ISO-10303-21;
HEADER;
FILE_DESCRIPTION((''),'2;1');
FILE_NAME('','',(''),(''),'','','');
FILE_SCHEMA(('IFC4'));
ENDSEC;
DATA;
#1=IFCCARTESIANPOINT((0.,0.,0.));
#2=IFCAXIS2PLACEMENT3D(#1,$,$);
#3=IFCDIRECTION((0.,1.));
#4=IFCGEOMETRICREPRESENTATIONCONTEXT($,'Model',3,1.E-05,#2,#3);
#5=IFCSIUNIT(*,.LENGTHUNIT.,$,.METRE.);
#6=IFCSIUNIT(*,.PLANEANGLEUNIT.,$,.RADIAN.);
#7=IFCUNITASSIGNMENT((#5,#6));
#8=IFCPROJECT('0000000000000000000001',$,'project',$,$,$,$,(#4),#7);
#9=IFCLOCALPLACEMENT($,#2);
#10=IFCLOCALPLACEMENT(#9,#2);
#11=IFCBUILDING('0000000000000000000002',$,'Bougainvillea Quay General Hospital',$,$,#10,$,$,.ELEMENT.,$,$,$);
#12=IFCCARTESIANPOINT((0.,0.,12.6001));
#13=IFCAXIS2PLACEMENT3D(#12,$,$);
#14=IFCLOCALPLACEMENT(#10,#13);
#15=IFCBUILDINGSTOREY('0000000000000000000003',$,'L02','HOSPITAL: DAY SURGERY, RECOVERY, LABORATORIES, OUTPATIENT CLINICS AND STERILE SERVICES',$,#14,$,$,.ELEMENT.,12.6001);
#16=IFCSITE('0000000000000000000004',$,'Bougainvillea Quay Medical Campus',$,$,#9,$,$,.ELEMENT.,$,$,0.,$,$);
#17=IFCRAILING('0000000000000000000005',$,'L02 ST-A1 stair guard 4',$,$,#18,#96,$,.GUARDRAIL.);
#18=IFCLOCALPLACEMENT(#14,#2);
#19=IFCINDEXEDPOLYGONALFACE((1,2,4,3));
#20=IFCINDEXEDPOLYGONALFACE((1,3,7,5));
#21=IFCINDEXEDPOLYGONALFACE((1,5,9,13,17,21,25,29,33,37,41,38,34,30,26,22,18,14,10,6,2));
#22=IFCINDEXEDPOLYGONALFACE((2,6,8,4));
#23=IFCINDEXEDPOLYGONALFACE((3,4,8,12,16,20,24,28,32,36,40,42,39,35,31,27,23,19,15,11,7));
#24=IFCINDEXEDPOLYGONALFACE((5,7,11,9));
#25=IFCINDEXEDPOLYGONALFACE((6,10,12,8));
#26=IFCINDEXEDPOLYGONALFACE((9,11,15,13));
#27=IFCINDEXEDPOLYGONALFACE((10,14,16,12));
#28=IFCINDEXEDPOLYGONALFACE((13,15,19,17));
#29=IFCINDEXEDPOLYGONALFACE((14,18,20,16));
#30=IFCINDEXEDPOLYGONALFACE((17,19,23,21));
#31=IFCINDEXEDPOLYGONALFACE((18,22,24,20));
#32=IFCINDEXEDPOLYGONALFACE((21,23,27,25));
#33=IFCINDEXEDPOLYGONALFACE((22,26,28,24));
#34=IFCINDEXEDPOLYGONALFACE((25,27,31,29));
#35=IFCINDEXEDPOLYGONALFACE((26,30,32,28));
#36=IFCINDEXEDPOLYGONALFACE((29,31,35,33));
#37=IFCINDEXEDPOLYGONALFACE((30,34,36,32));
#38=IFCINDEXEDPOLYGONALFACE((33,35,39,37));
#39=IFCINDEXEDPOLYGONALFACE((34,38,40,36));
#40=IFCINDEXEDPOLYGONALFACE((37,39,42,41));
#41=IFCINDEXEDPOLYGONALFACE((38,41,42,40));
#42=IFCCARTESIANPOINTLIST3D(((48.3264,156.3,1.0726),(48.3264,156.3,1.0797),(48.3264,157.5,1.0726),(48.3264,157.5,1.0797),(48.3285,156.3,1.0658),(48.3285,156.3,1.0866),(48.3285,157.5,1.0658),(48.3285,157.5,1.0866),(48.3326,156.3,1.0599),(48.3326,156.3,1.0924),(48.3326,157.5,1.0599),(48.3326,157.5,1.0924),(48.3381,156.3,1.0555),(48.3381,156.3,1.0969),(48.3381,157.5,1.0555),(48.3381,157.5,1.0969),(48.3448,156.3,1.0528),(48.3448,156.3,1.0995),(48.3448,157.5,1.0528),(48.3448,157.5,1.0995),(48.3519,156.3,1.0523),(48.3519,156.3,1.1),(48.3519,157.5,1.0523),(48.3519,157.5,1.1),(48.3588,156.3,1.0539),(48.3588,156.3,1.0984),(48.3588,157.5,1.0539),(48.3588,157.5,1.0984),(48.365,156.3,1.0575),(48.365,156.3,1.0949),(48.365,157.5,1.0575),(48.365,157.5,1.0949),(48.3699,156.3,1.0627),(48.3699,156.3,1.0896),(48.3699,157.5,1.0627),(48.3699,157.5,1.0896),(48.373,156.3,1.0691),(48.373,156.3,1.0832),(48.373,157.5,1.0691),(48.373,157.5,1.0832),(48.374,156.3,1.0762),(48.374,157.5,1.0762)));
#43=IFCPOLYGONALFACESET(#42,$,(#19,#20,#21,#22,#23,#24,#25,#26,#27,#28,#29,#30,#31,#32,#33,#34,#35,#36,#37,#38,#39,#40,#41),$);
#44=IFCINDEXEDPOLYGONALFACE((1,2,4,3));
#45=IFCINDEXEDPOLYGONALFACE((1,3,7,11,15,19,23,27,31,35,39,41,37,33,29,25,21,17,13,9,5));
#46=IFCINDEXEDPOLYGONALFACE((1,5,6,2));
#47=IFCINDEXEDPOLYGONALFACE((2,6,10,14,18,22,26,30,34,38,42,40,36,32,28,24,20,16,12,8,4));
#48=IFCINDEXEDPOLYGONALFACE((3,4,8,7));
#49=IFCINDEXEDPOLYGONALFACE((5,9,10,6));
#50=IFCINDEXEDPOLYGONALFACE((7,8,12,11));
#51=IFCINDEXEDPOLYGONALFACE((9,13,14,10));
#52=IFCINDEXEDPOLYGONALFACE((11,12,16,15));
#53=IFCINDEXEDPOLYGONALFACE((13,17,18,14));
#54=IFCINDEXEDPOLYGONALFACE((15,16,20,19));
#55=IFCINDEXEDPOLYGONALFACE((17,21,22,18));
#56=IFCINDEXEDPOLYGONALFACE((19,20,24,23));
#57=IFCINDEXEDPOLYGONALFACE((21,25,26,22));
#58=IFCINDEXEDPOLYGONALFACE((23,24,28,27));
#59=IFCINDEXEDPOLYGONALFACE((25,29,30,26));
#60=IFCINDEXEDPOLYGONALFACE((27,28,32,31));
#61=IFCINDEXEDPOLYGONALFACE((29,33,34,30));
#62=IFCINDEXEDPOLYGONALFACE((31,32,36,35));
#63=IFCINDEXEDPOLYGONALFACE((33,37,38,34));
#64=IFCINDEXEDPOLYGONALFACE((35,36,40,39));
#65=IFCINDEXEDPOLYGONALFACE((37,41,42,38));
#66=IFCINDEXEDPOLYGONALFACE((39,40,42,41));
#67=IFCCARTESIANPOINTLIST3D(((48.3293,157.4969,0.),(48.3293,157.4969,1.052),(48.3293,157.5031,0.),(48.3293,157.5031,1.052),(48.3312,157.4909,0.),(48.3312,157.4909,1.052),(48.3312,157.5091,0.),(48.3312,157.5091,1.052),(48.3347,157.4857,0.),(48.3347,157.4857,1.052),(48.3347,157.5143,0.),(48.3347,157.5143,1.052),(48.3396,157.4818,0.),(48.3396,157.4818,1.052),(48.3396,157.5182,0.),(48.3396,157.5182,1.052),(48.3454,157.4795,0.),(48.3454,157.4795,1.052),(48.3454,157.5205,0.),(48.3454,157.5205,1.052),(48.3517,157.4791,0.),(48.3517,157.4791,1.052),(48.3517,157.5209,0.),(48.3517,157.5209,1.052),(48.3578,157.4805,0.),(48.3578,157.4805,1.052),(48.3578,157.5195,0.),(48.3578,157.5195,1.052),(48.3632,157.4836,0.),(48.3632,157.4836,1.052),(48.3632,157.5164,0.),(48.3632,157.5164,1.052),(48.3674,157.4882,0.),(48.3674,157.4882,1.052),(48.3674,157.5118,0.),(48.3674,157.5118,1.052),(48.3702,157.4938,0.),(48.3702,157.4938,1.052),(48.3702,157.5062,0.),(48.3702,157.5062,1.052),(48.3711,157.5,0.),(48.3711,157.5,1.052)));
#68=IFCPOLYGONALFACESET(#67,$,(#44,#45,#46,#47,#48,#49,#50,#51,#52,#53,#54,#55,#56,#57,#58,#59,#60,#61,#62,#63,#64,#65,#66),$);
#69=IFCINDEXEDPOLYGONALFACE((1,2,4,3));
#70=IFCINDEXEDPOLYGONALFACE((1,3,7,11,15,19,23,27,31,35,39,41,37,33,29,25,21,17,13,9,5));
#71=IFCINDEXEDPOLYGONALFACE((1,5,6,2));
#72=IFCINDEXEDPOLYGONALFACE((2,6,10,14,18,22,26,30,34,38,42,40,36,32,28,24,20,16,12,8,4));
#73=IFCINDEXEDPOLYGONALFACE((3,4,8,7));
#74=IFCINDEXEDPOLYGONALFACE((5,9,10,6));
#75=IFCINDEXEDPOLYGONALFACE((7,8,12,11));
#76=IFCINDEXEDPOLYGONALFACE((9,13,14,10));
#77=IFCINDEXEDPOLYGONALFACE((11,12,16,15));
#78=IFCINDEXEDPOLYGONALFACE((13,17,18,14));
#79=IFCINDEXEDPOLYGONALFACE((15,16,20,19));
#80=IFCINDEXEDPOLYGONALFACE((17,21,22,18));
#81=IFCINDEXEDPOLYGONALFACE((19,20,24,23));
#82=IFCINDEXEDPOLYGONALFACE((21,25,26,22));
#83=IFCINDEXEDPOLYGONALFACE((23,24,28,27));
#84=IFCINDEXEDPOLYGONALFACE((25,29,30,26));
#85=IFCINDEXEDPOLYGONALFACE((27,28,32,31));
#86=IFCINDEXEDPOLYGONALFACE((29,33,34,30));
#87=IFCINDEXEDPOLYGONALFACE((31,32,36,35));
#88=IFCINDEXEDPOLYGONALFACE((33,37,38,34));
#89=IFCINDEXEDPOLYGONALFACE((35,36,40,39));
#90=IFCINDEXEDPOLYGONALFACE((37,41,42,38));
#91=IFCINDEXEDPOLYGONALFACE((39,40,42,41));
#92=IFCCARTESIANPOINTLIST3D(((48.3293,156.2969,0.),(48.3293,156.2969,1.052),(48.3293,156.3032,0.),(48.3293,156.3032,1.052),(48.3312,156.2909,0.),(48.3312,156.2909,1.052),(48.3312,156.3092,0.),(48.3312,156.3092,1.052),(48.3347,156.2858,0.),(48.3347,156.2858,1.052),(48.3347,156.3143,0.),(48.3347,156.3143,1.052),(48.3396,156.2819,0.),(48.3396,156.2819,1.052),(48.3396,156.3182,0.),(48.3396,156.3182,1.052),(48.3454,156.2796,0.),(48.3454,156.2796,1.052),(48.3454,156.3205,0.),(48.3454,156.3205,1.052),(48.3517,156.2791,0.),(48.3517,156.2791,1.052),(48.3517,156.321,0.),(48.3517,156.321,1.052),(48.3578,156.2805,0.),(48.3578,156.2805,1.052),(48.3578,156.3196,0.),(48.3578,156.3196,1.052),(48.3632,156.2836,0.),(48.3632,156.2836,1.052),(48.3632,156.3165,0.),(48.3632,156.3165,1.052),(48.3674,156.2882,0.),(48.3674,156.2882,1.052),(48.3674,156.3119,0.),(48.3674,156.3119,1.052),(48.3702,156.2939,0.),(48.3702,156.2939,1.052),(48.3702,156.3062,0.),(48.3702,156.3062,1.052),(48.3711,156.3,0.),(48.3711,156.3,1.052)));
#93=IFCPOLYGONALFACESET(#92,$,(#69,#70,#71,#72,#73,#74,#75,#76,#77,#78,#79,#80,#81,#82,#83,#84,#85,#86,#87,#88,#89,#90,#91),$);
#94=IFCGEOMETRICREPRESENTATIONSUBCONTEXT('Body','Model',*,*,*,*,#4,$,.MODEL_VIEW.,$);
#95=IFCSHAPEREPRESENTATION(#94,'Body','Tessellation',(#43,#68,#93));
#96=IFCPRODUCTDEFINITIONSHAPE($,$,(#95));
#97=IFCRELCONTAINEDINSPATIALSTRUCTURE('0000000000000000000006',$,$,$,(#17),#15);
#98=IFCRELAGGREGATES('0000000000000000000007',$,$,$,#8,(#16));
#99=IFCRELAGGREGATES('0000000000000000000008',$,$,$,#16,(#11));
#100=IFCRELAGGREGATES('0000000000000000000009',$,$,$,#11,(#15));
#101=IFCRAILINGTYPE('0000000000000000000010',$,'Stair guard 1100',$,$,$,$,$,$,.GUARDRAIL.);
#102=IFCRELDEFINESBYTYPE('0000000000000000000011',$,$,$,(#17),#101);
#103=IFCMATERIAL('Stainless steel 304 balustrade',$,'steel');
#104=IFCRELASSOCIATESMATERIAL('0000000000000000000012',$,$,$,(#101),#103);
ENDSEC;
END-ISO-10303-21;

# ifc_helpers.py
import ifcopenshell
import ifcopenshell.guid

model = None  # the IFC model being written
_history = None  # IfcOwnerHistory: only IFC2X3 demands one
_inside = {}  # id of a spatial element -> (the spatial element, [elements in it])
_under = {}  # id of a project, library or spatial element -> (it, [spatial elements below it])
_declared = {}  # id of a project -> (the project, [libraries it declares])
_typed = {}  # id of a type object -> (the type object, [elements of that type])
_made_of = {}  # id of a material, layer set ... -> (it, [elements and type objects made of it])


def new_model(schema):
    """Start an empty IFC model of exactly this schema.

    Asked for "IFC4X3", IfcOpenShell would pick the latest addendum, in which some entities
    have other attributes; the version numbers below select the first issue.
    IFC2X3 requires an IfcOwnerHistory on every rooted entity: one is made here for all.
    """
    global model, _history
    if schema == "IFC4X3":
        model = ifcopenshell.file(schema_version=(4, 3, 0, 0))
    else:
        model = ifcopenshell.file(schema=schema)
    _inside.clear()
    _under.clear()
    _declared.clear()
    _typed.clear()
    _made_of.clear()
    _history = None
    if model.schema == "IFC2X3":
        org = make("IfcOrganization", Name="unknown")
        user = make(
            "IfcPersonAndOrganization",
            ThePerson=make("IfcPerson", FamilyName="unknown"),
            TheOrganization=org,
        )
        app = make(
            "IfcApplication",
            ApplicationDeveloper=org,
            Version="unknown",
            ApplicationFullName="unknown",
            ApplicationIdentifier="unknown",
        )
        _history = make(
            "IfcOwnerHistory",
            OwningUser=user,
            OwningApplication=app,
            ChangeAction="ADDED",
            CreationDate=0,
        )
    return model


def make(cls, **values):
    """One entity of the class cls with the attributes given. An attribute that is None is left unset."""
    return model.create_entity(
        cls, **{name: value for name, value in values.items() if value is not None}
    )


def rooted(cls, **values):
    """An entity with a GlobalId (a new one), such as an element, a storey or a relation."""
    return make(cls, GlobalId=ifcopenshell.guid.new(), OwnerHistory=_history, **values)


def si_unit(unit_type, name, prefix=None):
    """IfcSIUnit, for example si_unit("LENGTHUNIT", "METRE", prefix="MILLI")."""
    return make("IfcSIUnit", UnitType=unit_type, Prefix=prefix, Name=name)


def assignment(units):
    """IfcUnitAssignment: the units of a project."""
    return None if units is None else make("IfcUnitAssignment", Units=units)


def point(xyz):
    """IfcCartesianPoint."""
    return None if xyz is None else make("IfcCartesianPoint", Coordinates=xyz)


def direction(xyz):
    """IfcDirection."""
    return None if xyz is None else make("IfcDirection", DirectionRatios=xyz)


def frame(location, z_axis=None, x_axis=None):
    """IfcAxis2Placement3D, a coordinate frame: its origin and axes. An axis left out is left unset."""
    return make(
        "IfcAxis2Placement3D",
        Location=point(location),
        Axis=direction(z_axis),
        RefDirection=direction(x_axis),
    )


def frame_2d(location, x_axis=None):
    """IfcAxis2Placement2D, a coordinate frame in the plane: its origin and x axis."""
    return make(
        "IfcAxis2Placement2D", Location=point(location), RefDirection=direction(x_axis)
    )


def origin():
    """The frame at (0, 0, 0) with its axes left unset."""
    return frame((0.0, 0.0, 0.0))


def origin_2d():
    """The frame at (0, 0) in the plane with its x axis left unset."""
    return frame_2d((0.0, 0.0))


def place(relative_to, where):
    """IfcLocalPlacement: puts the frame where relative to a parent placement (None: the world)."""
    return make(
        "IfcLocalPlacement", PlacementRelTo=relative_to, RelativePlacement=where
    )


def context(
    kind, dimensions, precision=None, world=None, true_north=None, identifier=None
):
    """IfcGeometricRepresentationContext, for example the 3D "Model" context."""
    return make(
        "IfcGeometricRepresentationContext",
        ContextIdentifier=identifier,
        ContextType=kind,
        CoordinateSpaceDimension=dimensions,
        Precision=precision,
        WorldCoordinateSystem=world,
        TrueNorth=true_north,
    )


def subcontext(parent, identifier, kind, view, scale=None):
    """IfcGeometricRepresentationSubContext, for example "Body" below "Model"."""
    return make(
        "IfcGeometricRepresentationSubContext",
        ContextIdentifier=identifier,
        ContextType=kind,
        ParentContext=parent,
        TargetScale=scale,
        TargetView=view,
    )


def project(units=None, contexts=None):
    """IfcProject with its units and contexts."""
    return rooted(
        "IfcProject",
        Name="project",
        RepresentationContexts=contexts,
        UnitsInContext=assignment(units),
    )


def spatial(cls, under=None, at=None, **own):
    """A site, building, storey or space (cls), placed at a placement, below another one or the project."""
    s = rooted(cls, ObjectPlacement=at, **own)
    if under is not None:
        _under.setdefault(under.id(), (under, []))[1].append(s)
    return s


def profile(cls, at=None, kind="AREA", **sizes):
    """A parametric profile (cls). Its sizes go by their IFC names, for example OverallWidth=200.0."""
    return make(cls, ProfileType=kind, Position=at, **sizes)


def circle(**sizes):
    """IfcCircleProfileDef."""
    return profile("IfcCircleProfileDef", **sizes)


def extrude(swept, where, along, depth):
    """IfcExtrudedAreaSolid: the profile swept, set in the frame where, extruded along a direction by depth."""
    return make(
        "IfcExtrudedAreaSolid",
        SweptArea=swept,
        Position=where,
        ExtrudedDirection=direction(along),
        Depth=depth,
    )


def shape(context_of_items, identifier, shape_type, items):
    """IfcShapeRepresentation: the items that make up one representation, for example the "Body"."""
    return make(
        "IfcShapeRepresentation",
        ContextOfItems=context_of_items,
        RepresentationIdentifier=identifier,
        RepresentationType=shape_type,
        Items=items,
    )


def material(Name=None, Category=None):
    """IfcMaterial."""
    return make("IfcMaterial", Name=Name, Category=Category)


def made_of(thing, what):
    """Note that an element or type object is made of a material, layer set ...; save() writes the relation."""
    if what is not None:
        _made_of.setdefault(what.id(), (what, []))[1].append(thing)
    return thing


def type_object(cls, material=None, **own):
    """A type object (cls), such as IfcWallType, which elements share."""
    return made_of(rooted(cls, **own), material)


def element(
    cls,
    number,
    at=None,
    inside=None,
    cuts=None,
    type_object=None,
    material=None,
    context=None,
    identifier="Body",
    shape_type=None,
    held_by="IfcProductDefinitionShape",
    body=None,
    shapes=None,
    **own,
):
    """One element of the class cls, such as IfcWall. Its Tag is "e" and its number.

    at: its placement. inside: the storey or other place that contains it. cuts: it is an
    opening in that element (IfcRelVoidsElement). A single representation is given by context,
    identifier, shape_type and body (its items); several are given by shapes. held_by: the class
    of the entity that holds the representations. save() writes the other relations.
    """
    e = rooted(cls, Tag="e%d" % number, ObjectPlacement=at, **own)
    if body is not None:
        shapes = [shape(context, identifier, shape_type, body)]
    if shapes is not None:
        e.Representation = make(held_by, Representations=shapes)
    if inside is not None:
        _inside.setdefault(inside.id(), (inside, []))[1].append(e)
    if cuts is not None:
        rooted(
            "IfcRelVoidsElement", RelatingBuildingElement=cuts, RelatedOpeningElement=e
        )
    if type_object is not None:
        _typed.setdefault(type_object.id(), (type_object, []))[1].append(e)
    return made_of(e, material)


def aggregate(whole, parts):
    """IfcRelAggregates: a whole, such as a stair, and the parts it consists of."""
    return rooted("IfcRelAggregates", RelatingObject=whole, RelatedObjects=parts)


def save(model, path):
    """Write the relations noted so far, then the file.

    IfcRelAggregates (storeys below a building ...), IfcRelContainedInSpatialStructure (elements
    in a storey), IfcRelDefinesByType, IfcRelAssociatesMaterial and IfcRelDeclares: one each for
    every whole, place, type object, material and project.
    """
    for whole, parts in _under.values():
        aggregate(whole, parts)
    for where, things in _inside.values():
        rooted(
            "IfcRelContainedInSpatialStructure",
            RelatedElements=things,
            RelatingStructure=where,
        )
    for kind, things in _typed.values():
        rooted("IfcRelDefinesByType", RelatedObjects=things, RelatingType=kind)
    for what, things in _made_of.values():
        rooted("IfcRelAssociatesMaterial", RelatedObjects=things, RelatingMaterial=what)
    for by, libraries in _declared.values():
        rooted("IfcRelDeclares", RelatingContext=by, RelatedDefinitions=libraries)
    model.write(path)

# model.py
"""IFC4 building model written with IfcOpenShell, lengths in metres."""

from ifc_helpers import new_model, si_unit, direction, frame, origin, origin_2d, place, context, subcontext, project, spatial, circle, extrude, material, type_object, element, save


model = new_model("IFC4")

# Units and contexts
model_context = context("Model", 3, precision=1e-05, world=origin(), true_north=direction((0.0, 1.0)))
body_context = subcontext(model_context, "Body", "Model", "MODEL_VIEW")
ifc_project = project(units=[si_unit("LENGTHUNIT", "METRE"), si_unit("PLANEANGLEUNIT", "RADIAN")], contexts=[model_context])

# Site, building, storey
site_placement = place(None, origin())
site = spatial("IfcSite", under=ifc_project, at=site_placement, Name="Bougainvillea Quay Medical Campus", CompositionType="ELEMENT", RefElevation=0.0)
building_placement = place(site_placement, origin())
building = spatial("IfcBuilding", under=site, at=building_placement, Name="Bougainvillea Quay General Hospital", CompositionType="ELEMENT")
storey_placement = place(building_placement, frame((0.0, 0.0, 12.6001)))
storey = spatial("IfcBuildingStorey", under=building, at=storey_placement, Name="L02", Description="HOSPITAL: DAY SURGERY, RECOVERY, LABORATORIES, OUTPATIENT CLINICS AND STERILE SERVICES", CompositionType="ELEMENT", Elevation=12.6001)

# Railing
ifc_material_1 = material(Name="Stainless steel 304 balustrade", Category="steel")
railing_type_1 = type_object("IfcRailingType", Name="Stair guard 1100", PredefinedType="GUARDRAIL", material=ifc_material_1)
railing_1_placement = place(storey_placement, frame((48.3501, 157.5, 0.0)))
element("IfcRailing", 1, at=railing_1_placement, inside=storey, type_object=railing_type_1, Name="L02 ST-A1 stair guard 4", PredefinedType="GUARDRAIL", context=body_context, shape_type="SweptSolid", body=[
    extrude(circle(Radius=0.0239, at=origin_2d()), frame((0.0, 0.0, 1.0762), z_axis=(0.0, -1.0, 0.0), x_axis=(1.0, 0.0, 0.0)), (0.0, 0.0, 1.0), 1.2),
    extrude(circle(Radius=0.021, at=origin_2d()), origin(), (0.0, 0.0, 1.0), 1.052),
    extrude(circle(Radius=0.021, at=origin_2d()), frame((0.0, -1.2, 0.0)), (0.0, 0.0, 1.0), 1.052),
])

save(model, "model.ifc")
